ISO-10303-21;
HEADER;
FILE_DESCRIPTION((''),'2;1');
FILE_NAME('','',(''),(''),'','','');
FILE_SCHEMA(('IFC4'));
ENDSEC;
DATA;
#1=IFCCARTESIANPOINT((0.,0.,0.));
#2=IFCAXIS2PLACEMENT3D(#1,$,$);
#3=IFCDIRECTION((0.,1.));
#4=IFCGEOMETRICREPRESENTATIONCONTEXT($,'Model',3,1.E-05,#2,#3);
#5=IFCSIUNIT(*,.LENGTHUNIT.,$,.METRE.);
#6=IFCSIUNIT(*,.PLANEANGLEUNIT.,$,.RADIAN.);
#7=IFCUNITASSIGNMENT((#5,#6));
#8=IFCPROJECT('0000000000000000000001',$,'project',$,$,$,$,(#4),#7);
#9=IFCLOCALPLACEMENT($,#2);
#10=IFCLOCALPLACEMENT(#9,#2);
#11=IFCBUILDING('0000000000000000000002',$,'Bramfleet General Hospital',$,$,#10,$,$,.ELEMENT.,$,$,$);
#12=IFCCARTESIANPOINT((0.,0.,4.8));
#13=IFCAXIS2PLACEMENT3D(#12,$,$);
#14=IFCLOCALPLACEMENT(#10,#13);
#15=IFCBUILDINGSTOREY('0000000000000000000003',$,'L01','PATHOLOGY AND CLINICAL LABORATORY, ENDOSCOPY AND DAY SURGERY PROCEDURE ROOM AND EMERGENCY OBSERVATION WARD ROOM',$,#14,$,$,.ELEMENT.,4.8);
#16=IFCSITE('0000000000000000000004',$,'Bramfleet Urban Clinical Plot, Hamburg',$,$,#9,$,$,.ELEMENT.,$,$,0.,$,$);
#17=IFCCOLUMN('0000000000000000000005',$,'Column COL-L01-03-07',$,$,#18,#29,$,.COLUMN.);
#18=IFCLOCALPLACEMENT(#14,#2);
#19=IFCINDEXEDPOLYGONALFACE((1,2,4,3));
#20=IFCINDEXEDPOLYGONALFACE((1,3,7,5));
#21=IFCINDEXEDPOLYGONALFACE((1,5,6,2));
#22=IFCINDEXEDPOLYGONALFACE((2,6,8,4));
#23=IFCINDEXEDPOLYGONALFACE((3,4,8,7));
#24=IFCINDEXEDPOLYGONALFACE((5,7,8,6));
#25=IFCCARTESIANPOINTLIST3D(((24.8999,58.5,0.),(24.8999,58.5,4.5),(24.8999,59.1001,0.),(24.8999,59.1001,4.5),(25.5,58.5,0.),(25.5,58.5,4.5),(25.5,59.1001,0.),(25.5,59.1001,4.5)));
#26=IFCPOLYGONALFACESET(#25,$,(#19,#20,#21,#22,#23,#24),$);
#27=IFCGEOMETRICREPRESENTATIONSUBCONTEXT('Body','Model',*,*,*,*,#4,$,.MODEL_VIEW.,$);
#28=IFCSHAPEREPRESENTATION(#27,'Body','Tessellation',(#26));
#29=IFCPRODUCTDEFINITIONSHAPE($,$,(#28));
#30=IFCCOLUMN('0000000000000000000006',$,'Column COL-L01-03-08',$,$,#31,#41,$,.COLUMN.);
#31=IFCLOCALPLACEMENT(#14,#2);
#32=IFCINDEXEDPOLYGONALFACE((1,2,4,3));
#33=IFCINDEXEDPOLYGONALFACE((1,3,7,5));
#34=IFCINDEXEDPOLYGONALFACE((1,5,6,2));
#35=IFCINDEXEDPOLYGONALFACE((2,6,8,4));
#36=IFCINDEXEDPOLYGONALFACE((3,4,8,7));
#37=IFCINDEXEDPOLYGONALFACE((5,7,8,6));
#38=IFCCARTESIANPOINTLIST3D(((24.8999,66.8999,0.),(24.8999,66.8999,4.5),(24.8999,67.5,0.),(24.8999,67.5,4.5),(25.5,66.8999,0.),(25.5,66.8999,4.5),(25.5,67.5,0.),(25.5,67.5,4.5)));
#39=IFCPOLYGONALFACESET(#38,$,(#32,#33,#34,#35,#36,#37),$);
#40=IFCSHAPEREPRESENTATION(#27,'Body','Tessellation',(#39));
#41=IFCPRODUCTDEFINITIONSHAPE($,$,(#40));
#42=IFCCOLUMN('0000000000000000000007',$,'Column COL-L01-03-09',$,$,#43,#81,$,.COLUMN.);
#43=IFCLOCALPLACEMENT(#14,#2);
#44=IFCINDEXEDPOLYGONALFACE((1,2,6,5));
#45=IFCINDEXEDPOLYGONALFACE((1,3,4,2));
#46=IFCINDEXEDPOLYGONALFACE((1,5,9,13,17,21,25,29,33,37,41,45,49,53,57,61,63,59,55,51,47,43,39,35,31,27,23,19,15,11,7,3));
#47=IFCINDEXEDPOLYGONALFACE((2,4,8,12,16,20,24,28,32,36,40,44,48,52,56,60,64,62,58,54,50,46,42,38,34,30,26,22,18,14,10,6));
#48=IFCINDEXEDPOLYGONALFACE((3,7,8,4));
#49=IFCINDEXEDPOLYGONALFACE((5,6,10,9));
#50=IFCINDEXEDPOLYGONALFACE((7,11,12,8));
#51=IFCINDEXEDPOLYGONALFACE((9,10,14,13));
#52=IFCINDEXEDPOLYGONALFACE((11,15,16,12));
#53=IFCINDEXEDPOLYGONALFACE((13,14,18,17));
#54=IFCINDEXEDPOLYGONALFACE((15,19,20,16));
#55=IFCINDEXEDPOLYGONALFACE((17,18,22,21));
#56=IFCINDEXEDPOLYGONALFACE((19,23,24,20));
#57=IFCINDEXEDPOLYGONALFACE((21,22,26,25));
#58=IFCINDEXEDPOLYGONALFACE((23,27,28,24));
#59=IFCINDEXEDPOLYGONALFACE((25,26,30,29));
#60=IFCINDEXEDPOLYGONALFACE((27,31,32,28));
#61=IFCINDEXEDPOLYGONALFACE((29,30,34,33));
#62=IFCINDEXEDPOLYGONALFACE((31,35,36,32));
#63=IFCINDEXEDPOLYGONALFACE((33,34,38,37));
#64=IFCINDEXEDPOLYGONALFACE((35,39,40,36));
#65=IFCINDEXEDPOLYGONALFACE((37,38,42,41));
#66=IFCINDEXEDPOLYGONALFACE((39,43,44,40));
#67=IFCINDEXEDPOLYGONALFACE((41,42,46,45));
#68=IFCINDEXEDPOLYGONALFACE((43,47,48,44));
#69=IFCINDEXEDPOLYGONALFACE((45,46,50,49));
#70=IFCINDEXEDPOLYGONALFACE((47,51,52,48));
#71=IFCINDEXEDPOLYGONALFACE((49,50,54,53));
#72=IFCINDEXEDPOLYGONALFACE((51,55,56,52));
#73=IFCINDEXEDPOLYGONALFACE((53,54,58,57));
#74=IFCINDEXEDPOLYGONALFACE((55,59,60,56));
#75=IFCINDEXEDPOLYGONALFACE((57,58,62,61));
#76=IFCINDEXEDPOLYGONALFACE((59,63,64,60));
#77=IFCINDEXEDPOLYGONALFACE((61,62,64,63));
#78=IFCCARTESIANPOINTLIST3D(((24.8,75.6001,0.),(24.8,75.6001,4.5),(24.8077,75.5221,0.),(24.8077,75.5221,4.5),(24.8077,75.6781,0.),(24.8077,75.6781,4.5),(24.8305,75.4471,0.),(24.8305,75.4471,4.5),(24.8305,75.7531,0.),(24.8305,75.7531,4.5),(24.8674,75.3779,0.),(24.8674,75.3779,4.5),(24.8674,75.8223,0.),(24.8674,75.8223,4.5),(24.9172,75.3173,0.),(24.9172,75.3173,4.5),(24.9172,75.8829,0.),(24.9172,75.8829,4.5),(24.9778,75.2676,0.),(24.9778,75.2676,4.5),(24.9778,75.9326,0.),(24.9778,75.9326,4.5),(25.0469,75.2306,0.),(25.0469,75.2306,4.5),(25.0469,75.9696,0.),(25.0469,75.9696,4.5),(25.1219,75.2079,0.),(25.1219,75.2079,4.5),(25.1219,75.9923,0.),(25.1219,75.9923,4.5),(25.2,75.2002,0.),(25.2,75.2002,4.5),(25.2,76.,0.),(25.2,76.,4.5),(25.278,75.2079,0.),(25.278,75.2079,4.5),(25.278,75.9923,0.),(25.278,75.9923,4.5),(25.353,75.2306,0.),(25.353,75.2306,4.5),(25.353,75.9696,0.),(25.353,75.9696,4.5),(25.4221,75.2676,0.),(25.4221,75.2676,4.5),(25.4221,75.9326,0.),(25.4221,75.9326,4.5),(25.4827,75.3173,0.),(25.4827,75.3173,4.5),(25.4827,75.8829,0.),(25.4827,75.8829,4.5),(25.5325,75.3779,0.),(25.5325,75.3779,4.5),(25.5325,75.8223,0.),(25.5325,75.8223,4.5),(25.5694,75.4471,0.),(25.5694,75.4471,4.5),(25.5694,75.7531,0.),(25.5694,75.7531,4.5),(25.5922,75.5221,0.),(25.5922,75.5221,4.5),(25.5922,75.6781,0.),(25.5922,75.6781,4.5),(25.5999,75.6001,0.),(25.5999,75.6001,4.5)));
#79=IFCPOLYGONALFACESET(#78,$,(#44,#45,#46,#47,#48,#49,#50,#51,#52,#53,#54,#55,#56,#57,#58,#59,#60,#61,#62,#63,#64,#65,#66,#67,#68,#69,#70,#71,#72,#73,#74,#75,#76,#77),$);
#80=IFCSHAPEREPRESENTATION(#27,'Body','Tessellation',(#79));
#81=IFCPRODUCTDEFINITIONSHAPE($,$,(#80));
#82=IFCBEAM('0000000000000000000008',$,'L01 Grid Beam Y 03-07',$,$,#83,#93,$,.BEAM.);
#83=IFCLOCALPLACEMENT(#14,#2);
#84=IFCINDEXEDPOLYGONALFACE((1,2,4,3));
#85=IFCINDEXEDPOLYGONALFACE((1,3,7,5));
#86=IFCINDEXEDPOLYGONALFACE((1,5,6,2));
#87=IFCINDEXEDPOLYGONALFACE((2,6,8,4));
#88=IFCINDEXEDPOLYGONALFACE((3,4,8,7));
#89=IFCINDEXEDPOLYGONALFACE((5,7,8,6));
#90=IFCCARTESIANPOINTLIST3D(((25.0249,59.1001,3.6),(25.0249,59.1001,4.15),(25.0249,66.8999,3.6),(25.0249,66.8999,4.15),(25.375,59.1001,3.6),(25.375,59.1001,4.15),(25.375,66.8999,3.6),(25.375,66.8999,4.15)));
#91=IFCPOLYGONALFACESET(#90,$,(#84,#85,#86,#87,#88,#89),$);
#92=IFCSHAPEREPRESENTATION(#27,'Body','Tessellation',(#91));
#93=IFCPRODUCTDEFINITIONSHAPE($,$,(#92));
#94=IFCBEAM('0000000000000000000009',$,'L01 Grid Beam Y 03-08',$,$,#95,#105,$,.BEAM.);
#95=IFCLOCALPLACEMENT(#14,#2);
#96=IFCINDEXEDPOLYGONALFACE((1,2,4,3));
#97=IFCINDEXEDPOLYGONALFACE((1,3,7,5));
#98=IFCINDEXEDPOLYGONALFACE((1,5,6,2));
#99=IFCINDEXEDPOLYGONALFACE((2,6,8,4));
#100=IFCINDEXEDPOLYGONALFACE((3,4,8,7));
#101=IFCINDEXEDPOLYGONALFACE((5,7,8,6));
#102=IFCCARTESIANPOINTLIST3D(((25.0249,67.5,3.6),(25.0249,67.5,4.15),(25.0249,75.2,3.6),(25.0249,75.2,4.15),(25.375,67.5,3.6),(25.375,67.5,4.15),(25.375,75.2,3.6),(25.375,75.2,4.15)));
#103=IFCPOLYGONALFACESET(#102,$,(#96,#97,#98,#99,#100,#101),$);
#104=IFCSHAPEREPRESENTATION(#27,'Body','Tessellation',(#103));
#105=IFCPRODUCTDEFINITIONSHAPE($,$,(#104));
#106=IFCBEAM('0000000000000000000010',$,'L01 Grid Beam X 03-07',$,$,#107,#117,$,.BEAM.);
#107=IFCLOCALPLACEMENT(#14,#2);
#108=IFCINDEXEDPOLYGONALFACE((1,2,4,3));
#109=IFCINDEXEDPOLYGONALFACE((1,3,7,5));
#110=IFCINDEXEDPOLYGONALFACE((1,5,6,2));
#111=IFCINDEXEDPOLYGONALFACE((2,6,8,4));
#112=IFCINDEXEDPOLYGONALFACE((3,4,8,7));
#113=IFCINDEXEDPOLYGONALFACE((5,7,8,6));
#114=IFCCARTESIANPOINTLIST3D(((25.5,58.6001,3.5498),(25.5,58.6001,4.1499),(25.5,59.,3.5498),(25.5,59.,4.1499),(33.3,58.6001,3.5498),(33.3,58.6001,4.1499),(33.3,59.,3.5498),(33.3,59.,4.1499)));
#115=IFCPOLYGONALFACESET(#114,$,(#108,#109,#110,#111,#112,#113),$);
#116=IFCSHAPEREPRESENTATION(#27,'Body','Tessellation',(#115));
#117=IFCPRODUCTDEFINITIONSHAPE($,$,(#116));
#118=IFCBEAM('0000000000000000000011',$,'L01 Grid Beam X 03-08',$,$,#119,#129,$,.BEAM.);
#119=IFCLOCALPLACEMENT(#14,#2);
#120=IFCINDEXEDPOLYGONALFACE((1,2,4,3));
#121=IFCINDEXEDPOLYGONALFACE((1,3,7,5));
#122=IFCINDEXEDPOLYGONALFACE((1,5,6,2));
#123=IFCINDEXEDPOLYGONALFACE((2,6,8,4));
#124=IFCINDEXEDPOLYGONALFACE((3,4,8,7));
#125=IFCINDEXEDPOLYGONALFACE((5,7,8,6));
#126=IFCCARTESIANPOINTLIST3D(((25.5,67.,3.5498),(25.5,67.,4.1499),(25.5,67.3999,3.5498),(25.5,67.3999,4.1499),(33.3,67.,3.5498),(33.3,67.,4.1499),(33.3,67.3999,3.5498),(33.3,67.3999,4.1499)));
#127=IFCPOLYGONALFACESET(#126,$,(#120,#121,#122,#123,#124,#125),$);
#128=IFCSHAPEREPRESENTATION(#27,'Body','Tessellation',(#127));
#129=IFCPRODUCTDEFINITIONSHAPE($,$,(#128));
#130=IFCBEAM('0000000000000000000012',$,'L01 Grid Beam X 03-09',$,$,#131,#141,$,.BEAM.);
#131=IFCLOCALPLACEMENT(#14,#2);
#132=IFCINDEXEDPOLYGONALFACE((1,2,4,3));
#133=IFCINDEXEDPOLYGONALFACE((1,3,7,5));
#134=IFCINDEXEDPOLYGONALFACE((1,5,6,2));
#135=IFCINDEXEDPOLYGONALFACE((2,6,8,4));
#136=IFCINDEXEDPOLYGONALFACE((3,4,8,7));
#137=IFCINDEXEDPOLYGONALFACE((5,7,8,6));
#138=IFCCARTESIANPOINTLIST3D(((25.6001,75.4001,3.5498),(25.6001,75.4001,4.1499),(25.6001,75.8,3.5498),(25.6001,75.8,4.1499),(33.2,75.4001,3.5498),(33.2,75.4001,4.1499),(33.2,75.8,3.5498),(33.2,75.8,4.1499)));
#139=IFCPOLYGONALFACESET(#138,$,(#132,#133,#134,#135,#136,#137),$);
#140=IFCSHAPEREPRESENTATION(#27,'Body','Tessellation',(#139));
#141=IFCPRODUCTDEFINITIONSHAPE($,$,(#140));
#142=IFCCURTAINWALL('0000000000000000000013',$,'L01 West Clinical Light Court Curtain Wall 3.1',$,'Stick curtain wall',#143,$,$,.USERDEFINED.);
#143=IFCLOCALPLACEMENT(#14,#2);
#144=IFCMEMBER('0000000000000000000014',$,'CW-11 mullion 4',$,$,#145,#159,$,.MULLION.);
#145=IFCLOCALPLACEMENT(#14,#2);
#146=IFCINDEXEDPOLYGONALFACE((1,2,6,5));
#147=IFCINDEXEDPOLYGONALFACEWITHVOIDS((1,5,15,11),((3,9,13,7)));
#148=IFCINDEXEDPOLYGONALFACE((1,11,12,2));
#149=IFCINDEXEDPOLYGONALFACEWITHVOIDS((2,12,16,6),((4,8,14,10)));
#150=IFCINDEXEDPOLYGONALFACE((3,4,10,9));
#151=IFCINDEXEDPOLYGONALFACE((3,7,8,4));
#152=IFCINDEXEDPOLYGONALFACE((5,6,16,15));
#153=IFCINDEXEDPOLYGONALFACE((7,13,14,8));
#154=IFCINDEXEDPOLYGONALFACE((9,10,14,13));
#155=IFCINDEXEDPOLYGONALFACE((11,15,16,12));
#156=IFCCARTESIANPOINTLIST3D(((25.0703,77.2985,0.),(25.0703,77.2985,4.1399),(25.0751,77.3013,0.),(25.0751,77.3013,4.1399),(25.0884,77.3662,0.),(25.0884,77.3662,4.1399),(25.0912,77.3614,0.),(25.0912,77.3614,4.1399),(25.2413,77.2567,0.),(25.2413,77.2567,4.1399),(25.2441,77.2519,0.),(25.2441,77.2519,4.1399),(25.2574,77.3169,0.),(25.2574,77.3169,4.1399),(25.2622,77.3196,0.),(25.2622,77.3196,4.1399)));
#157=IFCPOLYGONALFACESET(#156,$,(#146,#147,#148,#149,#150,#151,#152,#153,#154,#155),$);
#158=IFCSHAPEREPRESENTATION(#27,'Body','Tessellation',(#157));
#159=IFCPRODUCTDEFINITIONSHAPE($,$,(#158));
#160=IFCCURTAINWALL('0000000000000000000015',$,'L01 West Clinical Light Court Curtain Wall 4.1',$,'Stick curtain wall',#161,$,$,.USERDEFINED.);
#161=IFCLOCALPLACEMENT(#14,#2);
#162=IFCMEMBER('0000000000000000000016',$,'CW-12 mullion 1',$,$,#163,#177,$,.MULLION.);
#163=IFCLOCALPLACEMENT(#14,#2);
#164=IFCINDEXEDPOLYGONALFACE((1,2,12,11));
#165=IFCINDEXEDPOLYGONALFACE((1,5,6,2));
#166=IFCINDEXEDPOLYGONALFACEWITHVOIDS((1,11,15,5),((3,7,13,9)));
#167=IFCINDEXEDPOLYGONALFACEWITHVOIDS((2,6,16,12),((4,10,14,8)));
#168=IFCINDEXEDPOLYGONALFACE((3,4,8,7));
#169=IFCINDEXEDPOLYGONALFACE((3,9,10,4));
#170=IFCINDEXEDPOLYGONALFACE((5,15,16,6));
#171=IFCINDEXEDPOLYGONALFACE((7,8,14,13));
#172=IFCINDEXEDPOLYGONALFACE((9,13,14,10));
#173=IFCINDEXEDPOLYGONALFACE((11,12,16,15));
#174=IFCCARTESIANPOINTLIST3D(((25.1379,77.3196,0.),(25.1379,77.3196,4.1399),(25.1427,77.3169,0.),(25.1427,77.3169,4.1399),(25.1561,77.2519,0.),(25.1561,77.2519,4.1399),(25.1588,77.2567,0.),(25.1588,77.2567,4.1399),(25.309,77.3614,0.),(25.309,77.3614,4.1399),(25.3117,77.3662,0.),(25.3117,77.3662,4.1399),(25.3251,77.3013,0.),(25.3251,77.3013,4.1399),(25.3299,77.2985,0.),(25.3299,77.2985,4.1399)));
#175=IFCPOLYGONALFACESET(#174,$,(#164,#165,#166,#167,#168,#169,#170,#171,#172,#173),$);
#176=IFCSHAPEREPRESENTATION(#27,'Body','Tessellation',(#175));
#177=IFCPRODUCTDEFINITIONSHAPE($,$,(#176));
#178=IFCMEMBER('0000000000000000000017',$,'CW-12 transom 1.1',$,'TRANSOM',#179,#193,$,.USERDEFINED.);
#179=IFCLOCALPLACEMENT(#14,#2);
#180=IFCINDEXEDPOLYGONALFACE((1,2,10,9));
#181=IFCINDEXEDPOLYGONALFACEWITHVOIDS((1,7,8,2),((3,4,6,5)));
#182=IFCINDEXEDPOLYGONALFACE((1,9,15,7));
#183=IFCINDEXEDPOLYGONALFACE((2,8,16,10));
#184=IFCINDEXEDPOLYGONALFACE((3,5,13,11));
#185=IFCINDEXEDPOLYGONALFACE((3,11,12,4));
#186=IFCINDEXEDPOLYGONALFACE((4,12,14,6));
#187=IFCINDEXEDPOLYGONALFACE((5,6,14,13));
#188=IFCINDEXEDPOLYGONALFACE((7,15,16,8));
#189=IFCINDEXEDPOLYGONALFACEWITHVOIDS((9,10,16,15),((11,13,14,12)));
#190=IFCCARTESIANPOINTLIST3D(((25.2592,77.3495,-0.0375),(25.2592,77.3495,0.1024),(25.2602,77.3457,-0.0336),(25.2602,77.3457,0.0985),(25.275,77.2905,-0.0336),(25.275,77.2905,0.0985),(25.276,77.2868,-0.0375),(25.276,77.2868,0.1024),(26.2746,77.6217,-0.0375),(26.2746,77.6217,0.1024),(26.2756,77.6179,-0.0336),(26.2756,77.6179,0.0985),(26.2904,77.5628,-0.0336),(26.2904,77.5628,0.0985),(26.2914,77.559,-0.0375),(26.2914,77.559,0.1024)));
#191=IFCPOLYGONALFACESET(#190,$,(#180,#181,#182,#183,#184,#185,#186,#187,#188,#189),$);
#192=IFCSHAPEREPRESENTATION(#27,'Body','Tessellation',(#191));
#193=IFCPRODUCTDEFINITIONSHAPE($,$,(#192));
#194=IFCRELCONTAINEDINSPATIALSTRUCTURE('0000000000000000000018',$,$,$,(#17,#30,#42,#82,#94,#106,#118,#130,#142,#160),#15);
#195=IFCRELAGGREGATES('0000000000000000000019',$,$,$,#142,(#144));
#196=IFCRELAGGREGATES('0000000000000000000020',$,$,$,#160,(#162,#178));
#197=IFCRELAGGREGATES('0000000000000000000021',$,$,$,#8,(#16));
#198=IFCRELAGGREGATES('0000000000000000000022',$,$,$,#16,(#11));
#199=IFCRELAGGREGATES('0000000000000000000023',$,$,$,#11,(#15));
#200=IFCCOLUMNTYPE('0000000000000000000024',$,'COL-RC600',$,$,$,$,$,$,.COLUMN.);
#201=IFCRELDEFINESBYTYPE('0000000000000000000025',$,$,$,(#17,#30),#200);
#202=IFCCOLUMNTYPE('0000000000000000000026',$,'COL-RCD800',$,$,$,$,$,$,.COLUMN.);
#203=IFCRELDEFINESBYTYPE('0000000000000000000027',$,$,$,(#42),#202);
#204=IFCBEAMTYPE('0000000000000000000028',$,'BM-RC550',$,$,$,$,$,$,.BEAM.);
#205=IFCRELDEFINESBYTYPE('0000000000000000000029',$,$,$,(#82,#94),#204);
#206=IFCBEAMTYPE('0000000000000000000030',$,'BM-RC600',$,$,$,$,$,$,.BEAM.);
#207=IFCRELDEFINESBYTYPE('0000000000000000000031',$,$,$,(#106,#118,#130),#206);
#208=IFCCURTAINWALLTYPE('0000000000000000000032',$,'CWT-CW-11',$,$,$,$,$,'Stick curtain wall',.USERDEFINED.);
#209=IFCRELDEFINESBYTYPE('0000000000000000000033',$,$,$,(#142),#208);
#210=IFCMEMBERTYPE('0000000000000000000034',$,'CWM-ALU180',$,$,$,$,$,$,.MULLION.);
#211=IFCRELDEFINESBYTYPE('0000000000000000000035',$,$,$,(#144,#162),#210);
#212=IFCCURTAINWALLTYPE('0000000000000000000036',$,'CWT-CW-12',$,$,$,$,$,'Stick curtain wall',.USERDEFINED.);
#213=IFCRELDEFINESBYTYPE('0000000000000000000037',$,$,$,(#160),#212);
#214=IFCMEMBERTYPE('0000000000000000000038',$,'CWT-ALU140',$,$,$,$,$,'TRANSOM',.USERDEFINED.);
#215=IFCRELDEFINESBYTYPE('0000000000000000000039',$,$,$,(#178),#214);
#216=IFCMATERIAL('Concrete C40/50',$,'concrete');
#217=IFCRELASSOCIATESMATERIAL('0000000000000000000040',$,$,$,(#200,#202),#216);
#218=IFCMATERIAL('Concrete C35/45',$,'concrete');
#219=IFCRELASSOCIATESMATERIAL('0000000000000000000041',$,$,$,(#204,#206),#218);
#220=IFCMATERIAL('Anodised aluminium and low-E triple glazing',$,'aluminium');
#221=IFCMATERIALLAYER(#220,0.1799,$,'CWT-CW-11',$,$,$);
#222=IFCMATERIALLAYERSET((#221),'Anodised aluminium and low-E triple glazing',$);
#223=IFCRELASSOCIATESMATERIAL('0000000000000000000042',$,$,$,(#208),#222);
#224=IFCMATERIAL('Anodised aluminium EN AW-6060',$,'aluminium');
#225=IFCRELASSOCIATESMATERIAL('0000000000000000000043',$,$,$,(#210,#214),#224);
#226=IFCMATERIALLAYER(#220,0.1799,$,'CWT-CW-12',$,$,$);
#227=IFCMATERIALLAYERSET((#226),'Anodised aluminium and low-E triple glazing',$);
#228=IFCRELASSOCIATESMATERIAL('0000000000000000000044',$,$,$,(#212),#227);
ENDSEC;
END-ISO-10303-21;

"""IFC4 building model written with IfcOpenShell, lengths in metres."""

from ifc_helpers import new_model, si_unit, direction, frame, origin, origin_2d, place, context, subcontext, project, spatial, rectangle, hollow_rectangle, circle, extrude, material, layer, layer_set, material_profile, profile_set, type_object, element, aggregate, save


model = new_model("IFC4")

# Units and contexts
model_context = context("Model", 3, precision=1e-05, world=origin(), true_north=direction((0.0, 1.0)))
body_context = subcontext(model_context, "Body", "Model", "MODEL_VIEW")
ifc_project = project(units=[si_unit("LENGTHUNIT", "METRE"), si_unit("PLANEANGLEUNIT", "RADIAN")], contexts=[model_context])

# Site, building, storey
site_placement = place(None, origin())
site = spatial("IfcSite", under=ifc_project, at=site_placement, Name="Bramfleet Urban Clinical Plot, Hamburg", CompositionType="ELEMENT", RefElevation=0.0)
building_placement = place(site_placement, origin())
building = spatial("IfcBuilding", under=site, at=building_placement, Name="Bramfleet General Hospital", CompositionType="ELEMENT")
storey_placement = place(building_placement, frame((0.0, 0.0, 4.8)))
storey = spatial("IfcBuildingStorey", under=building, at=storey_placement, Name="L01", Description="PATHOLOGY AND CLINICAL LABORATORY, ENDOSCOPY AND DAY SURGERY PROCEDURE ROOM AND EMERGENCY OBSERVATION WARD ROOM", CompositionType="ELEMENT", Elevation=4.8)

# Columns
ifc_material_1 = material(Name="Concrete C40/50", Category="concrete")
ifc_material_profile_1 = material_profile(ifc_material_1, rectangle(XDim=0.6001, YDim=0.6001, at=origin_2d()), Name="RC COL 600x600")
ifc_profile_set_1 = profile_set([ifc_material_profile_1], Name="Concrete C40/50")
column_type_1 = type_object("IfcColumnType", Name="COL-RC600", PredefinedType="COLUMN", material=ifc_profile_set_1)
for number, where, z_axis, x_axis, name in (
    (1, (25.2, 58.8, 0.0), (0.0, 0.0, 1.0), (1.0, 0.0, 0.0), "Column COL-L01-03-07"),
    (2, (25.2, 67.2, 0.0), (0.0, 0.0, 1.0), (1.0, 0.0, 0.0), "Column COL-L01-03-08"),
):
    element("IfcColumn", number, at=place(storey_placement, frame(where, z_axis=z_axis, x_axis=x_axis)), inside=storey, type_object=column_type_1, Name=name, PredefinedType="COLUMN", context=body_context, shape_type="SweptSolid", body=[
        extrude(rectangle(XDim=0.6001, YDim=0.6001, at=origin_2d()), origin(), (0.0, 0.0, 1.0), 4.5),
    ])
ifc_material_profile_2 = material_profile(ifc_material_1, circle(Radius=0.3999, at=origin_2d()), Name="RC ROUND D800")
ifc_profile_set_2 = profile_set([ifc_material_profile_2], Name="Concrete C40/50")
column_type_2 = type_object("IfcColumnType", Name="COL-RCD800", PredefinedType="COLUMN", material=ifc_profile_set_2)
column_placement = place(storey_placement, frame((25.2, 75.6001, 0.0), z_axis=(0.0, 0.0, 1.0), x_axis=(1.0, 0.0, 0.0)))
element("IfcColumn", 3, at=column_placement, inside=storey, type_object=column_type_2, Name="Column COL-L01-03-09", PredefinedType="COLUMN", context=body_context, shape_type="SweptSolid", body=[
    extrude(circle(Radius=0.3999, at=origin_2d()), origin(), (0.0, 0.0, 1.0), 4.5),
])

# Beams
ifc_material_2 = material(Name="Concrete C35/45", Category="concrete")
ifc_material_profile_3 = material_profile(ifc_material_2, rectangle(XDim=0.3501, YDim=0.55, at=origin_2d()), Name="RC BM 550x350")
ifc_profile_set_3 = profile_set([ifc_material_profile_3], Name="Concrete C35/45")
beam_type_1 = type_object("IfcBeamType", Name="BM-RC550", PredefinedType="BEAM", material=ifc_profile_set_3)
beam_1_placement = place(storey_placement, frame((25.2, 59.1001, 3.875), z_axis=(0.0, 1.0, 0.0), x_axis=(-1.0, 0.0, 0.0)))
element("IfcBeam", 4, at=beam_1_placement, inside=storey, type_object=beam_type_1, Name="L01 Grid Beam Y 03-07", PredefinedType="BEAM", context=body_context, shape_type="SweptSolid", body=[
    extrude(rectangle(XDim=0.3501, YDim=0.55, at=origin_2d()), origin(), (0.0, 0.0, 1.0), 7.7998),
])
beam_2_placement = place(storey_placement, frame((25.2, 67.5, 3.875), z_axis=(0.0, 1.0, 0.0), x_axis=(-1.0, 0.0, 0.0)))
element("IfcBeam", 5, at=beam_2_placement, inside=storey, type_object=beam_type_1, Name="L01 Grid Beam Y 03-08", PredefinedType="BEAM", context=body_context, shape_type="SweptSolid", body=[
    extrude(rectangle(XDim=0.3501, YDim=0.55, at=origin_2d()), origin(), (0.0, 0.0, 1.0), 7.7),
])
ifc_material_profile_4 = material_profile(ifc_material_2, rectangle(XDim=0.3999, YDim=0.6001, at=origin_2d()), Name="RC BM 600x400")
ifc_profile_set_4 = profile_set([ifc_material_profile_4], Name="Concrete C35/45")
beam_type_2 = type_object("IfcBeamType", Name="BM-RC600", PredefinedType="BEAM", material=ifc_profile_set_4)
for number, where, z_axis, x_axis, name in (
    (6, (25.5, 58.8, 3.8499), (1.0, 0.0, 0.0), (0.0, 1.0, 0.0), "L01 Grid Beam X 03-07"),
    (7, (25.5, 67.2, 3.8499), (1.0, 0.0, 0.0), (0.0, 1.0, 0.0), "L01 Grid Beam X 03-08"),
):
    element("IfcBeam", number, at=place(storey_placement, frame(where, z_axis=z_axis, x_axis=x_axis)), inside=storey, type_object=beam_type_2, Name=name, PredefinedType="BEAM", context=body_context, shape_type="SweptSolid", body=[
        extrude(rectangle(XDim=0.3999, YDim=0.6001, at=origin_2d()), origin(), (0.0, 0.0, 1.0), 7.8),
    ])
beam_3_placement = place(storey_placement, frame((25.6001, 75.6001, 3.8499), z_axis=(1.0, 0.0, 0.0), x_axis=(0.0, 1.0, 0.0)))
element("IfcBeam", 8, at=beam_3_placement, inside=storey, type_object=beam_type_2, Name="L01 Grid Beam X 03-09", PredefinedType="BEAM", context=body_context, shape_type="SweptSolid", body=[
    extrude(rectangle(XDim=0.3999, YDim=0.6001, at=origin_2d()), origin(), (0.0, 0.0, 1.0), 7.5999),
])

# Curtain wall, member
ifc_material_3 = material(Name="Anodised aluminium and low-E triple glazing", Category="aluminium")
ifc_layer_1 = layer(ifc_material_3, 0.1799, Name="CWT-CW-11")
ifc_layer_set_1 = layer_set([ifc_layer_1], Name="Anodised aluminium and low-E triple glazing")
curtain_wall_type_1 = type_object("IfcCurtainWallType", Name="CWT-CW-11", ElementType="Stick curtain wall", PredefinedType="USERDEFINED", material=ifc_layer_set_1)
curtain_wall_1_placement = place(storey_placement, origin())
curtain_wall_1 = element("IfcCurtainWall", 9, at=curtain_wall_1_placement, inside=storey, type_object=curtain_wall_type_1, Name="L01 West Clinical Light Court Curtain Wall 3.1", ObjectType="Stick curtain wall", PredefinedType="USERDEFINED")
ifc_material_4 = material(Name="Anodised aluminium EN AW-6060", Category="aluminium")
ifc_material_profile_5 = material_profile(ifc_material_4, hollow_rectangle(XDim=0.0701, YDim=0.1799, WallThickness=0.0039, at=origin_2d()), Name="ALU 180x70x4.0")
ifc_profile_set_5 = profile_set([ifc_material_profile_5], Name="Anodised aluminium EN AW-6060")
member_type_1 = type_object("IfcMemberType", Name="CWM-ALU180", PredefinedType="MULLION", material=ifc_profile_set_5)
member_1_placement = place(storey_placement, frame((25.1663, 77.3091, 0.0), z_axis=(0.0, 0.0, 1.0), x_axis=(0.258919, 0.965899, 0.0)))
member_1 = element("IfcMember", 10, at=member_1_placement, type_object=member_type_1, Name="CW-11 mullion 4", PredefinedType="MULLION", context=body_context, shape_type="SweptSolid", body=[
    extrude(hollow_rectangle(XDim=0.0701, YDim=0.1799, WallThickness=0.0039, at=origin_2d()), origin(), (0.0, 0.0, 1.0), 4.1399),
])
aggregate(curtain_wall_1, [member_1])

# Curtain wall, members
ifc_layer_2 = layer(ifc_material_3, 0.1799, Name="CWT-CW-12")
ifc_layer_set_2 = layer_set([ifc_layer_2], Name="Anodised aluminium and low-E triple glazing")
curtain_wall_type_2 = type_object("IfcCurtainWallType", Name="CWT-CW-12", ElementType="Stick curtain wall", PredefinedType="USERDEFINED", material=ifc_layer_set_2)
curtain_wall_2_placement = place(storey_placement, origin())
curtain_wall_2 = element("IfcCurtainWall", 11, at=curtain_wall_2_placement, inside=storey, type_object=curtain_wall_type_2, Name="L01 West Clinical Light Court Curtain Wall 4.1", ObjectType="Stick curtain wall", PredefinedType="USERDEFINED")
member_2_placement = place(storey_placement, frame((25.2339, 77.3091, 0.0), z_axis=(0.0, 0.0, 1.0), x_axis=(-0.258919, 0.965899, 0.0)))
member_2 = element("IfcMember", 12, at=member_2_placement, type_object=member_type_1, Name="CW-12 mullion 1", PredefinedType="MULLION", context=body_context, shape_type="SweptSolid", body=[
    extrude(hollow_rectangle(XDim=0.0701, YDim=0.1799, WallThickness=0.0039, at=origin_2d()), origin(), (0.0, 0.0, 1.0), 4.1399),
])
ifc_material_profile_6 = material_profile(ifc_material_4, hollow_rectangle(XDim=0.0649, YDim=0.1399, WallThickness=0.0039, at=origin_2d()), Name="ALU 140x65x4.0")
ifc_profile_set_6 = profile_set([ifc_material_profile_6], Name="Anodised aluminium EN AW-6060")
member_type_2 = type_object("IfcMemberType", Name="CWT-ALU140", ElementType="TRANSOM", PredefinedType="USERDEFINED", material=ifc_profile_set_6)
member_3_placement = place(storey_placement, frame((25.2676, 77.3181, 0.0325), z_axis=(0.965891, 0.258949, 0.0), x_axis=(-0.258949, 0.965891, 0.0)))
member_3 = element("IfcMember", 13, at=member_3_placement, type_object=member_type_2, Name="CW-12 transom 1.1", ObjectType="TRANSOM", PredefinedType="USERDEFINED", context=body_context, shape_type="SweptSolid", body=[
    extrude(hollow_rectangle(XDim=0.0649, YDim=0.1399, WallThickness=0.0039, at=origin_2d()), origin(), (0.0, 0.0, 1.0), 1.0513),
])
aggregate(curtain_wall_2, [member_2, member_3])

save(model, "model.ifc")
